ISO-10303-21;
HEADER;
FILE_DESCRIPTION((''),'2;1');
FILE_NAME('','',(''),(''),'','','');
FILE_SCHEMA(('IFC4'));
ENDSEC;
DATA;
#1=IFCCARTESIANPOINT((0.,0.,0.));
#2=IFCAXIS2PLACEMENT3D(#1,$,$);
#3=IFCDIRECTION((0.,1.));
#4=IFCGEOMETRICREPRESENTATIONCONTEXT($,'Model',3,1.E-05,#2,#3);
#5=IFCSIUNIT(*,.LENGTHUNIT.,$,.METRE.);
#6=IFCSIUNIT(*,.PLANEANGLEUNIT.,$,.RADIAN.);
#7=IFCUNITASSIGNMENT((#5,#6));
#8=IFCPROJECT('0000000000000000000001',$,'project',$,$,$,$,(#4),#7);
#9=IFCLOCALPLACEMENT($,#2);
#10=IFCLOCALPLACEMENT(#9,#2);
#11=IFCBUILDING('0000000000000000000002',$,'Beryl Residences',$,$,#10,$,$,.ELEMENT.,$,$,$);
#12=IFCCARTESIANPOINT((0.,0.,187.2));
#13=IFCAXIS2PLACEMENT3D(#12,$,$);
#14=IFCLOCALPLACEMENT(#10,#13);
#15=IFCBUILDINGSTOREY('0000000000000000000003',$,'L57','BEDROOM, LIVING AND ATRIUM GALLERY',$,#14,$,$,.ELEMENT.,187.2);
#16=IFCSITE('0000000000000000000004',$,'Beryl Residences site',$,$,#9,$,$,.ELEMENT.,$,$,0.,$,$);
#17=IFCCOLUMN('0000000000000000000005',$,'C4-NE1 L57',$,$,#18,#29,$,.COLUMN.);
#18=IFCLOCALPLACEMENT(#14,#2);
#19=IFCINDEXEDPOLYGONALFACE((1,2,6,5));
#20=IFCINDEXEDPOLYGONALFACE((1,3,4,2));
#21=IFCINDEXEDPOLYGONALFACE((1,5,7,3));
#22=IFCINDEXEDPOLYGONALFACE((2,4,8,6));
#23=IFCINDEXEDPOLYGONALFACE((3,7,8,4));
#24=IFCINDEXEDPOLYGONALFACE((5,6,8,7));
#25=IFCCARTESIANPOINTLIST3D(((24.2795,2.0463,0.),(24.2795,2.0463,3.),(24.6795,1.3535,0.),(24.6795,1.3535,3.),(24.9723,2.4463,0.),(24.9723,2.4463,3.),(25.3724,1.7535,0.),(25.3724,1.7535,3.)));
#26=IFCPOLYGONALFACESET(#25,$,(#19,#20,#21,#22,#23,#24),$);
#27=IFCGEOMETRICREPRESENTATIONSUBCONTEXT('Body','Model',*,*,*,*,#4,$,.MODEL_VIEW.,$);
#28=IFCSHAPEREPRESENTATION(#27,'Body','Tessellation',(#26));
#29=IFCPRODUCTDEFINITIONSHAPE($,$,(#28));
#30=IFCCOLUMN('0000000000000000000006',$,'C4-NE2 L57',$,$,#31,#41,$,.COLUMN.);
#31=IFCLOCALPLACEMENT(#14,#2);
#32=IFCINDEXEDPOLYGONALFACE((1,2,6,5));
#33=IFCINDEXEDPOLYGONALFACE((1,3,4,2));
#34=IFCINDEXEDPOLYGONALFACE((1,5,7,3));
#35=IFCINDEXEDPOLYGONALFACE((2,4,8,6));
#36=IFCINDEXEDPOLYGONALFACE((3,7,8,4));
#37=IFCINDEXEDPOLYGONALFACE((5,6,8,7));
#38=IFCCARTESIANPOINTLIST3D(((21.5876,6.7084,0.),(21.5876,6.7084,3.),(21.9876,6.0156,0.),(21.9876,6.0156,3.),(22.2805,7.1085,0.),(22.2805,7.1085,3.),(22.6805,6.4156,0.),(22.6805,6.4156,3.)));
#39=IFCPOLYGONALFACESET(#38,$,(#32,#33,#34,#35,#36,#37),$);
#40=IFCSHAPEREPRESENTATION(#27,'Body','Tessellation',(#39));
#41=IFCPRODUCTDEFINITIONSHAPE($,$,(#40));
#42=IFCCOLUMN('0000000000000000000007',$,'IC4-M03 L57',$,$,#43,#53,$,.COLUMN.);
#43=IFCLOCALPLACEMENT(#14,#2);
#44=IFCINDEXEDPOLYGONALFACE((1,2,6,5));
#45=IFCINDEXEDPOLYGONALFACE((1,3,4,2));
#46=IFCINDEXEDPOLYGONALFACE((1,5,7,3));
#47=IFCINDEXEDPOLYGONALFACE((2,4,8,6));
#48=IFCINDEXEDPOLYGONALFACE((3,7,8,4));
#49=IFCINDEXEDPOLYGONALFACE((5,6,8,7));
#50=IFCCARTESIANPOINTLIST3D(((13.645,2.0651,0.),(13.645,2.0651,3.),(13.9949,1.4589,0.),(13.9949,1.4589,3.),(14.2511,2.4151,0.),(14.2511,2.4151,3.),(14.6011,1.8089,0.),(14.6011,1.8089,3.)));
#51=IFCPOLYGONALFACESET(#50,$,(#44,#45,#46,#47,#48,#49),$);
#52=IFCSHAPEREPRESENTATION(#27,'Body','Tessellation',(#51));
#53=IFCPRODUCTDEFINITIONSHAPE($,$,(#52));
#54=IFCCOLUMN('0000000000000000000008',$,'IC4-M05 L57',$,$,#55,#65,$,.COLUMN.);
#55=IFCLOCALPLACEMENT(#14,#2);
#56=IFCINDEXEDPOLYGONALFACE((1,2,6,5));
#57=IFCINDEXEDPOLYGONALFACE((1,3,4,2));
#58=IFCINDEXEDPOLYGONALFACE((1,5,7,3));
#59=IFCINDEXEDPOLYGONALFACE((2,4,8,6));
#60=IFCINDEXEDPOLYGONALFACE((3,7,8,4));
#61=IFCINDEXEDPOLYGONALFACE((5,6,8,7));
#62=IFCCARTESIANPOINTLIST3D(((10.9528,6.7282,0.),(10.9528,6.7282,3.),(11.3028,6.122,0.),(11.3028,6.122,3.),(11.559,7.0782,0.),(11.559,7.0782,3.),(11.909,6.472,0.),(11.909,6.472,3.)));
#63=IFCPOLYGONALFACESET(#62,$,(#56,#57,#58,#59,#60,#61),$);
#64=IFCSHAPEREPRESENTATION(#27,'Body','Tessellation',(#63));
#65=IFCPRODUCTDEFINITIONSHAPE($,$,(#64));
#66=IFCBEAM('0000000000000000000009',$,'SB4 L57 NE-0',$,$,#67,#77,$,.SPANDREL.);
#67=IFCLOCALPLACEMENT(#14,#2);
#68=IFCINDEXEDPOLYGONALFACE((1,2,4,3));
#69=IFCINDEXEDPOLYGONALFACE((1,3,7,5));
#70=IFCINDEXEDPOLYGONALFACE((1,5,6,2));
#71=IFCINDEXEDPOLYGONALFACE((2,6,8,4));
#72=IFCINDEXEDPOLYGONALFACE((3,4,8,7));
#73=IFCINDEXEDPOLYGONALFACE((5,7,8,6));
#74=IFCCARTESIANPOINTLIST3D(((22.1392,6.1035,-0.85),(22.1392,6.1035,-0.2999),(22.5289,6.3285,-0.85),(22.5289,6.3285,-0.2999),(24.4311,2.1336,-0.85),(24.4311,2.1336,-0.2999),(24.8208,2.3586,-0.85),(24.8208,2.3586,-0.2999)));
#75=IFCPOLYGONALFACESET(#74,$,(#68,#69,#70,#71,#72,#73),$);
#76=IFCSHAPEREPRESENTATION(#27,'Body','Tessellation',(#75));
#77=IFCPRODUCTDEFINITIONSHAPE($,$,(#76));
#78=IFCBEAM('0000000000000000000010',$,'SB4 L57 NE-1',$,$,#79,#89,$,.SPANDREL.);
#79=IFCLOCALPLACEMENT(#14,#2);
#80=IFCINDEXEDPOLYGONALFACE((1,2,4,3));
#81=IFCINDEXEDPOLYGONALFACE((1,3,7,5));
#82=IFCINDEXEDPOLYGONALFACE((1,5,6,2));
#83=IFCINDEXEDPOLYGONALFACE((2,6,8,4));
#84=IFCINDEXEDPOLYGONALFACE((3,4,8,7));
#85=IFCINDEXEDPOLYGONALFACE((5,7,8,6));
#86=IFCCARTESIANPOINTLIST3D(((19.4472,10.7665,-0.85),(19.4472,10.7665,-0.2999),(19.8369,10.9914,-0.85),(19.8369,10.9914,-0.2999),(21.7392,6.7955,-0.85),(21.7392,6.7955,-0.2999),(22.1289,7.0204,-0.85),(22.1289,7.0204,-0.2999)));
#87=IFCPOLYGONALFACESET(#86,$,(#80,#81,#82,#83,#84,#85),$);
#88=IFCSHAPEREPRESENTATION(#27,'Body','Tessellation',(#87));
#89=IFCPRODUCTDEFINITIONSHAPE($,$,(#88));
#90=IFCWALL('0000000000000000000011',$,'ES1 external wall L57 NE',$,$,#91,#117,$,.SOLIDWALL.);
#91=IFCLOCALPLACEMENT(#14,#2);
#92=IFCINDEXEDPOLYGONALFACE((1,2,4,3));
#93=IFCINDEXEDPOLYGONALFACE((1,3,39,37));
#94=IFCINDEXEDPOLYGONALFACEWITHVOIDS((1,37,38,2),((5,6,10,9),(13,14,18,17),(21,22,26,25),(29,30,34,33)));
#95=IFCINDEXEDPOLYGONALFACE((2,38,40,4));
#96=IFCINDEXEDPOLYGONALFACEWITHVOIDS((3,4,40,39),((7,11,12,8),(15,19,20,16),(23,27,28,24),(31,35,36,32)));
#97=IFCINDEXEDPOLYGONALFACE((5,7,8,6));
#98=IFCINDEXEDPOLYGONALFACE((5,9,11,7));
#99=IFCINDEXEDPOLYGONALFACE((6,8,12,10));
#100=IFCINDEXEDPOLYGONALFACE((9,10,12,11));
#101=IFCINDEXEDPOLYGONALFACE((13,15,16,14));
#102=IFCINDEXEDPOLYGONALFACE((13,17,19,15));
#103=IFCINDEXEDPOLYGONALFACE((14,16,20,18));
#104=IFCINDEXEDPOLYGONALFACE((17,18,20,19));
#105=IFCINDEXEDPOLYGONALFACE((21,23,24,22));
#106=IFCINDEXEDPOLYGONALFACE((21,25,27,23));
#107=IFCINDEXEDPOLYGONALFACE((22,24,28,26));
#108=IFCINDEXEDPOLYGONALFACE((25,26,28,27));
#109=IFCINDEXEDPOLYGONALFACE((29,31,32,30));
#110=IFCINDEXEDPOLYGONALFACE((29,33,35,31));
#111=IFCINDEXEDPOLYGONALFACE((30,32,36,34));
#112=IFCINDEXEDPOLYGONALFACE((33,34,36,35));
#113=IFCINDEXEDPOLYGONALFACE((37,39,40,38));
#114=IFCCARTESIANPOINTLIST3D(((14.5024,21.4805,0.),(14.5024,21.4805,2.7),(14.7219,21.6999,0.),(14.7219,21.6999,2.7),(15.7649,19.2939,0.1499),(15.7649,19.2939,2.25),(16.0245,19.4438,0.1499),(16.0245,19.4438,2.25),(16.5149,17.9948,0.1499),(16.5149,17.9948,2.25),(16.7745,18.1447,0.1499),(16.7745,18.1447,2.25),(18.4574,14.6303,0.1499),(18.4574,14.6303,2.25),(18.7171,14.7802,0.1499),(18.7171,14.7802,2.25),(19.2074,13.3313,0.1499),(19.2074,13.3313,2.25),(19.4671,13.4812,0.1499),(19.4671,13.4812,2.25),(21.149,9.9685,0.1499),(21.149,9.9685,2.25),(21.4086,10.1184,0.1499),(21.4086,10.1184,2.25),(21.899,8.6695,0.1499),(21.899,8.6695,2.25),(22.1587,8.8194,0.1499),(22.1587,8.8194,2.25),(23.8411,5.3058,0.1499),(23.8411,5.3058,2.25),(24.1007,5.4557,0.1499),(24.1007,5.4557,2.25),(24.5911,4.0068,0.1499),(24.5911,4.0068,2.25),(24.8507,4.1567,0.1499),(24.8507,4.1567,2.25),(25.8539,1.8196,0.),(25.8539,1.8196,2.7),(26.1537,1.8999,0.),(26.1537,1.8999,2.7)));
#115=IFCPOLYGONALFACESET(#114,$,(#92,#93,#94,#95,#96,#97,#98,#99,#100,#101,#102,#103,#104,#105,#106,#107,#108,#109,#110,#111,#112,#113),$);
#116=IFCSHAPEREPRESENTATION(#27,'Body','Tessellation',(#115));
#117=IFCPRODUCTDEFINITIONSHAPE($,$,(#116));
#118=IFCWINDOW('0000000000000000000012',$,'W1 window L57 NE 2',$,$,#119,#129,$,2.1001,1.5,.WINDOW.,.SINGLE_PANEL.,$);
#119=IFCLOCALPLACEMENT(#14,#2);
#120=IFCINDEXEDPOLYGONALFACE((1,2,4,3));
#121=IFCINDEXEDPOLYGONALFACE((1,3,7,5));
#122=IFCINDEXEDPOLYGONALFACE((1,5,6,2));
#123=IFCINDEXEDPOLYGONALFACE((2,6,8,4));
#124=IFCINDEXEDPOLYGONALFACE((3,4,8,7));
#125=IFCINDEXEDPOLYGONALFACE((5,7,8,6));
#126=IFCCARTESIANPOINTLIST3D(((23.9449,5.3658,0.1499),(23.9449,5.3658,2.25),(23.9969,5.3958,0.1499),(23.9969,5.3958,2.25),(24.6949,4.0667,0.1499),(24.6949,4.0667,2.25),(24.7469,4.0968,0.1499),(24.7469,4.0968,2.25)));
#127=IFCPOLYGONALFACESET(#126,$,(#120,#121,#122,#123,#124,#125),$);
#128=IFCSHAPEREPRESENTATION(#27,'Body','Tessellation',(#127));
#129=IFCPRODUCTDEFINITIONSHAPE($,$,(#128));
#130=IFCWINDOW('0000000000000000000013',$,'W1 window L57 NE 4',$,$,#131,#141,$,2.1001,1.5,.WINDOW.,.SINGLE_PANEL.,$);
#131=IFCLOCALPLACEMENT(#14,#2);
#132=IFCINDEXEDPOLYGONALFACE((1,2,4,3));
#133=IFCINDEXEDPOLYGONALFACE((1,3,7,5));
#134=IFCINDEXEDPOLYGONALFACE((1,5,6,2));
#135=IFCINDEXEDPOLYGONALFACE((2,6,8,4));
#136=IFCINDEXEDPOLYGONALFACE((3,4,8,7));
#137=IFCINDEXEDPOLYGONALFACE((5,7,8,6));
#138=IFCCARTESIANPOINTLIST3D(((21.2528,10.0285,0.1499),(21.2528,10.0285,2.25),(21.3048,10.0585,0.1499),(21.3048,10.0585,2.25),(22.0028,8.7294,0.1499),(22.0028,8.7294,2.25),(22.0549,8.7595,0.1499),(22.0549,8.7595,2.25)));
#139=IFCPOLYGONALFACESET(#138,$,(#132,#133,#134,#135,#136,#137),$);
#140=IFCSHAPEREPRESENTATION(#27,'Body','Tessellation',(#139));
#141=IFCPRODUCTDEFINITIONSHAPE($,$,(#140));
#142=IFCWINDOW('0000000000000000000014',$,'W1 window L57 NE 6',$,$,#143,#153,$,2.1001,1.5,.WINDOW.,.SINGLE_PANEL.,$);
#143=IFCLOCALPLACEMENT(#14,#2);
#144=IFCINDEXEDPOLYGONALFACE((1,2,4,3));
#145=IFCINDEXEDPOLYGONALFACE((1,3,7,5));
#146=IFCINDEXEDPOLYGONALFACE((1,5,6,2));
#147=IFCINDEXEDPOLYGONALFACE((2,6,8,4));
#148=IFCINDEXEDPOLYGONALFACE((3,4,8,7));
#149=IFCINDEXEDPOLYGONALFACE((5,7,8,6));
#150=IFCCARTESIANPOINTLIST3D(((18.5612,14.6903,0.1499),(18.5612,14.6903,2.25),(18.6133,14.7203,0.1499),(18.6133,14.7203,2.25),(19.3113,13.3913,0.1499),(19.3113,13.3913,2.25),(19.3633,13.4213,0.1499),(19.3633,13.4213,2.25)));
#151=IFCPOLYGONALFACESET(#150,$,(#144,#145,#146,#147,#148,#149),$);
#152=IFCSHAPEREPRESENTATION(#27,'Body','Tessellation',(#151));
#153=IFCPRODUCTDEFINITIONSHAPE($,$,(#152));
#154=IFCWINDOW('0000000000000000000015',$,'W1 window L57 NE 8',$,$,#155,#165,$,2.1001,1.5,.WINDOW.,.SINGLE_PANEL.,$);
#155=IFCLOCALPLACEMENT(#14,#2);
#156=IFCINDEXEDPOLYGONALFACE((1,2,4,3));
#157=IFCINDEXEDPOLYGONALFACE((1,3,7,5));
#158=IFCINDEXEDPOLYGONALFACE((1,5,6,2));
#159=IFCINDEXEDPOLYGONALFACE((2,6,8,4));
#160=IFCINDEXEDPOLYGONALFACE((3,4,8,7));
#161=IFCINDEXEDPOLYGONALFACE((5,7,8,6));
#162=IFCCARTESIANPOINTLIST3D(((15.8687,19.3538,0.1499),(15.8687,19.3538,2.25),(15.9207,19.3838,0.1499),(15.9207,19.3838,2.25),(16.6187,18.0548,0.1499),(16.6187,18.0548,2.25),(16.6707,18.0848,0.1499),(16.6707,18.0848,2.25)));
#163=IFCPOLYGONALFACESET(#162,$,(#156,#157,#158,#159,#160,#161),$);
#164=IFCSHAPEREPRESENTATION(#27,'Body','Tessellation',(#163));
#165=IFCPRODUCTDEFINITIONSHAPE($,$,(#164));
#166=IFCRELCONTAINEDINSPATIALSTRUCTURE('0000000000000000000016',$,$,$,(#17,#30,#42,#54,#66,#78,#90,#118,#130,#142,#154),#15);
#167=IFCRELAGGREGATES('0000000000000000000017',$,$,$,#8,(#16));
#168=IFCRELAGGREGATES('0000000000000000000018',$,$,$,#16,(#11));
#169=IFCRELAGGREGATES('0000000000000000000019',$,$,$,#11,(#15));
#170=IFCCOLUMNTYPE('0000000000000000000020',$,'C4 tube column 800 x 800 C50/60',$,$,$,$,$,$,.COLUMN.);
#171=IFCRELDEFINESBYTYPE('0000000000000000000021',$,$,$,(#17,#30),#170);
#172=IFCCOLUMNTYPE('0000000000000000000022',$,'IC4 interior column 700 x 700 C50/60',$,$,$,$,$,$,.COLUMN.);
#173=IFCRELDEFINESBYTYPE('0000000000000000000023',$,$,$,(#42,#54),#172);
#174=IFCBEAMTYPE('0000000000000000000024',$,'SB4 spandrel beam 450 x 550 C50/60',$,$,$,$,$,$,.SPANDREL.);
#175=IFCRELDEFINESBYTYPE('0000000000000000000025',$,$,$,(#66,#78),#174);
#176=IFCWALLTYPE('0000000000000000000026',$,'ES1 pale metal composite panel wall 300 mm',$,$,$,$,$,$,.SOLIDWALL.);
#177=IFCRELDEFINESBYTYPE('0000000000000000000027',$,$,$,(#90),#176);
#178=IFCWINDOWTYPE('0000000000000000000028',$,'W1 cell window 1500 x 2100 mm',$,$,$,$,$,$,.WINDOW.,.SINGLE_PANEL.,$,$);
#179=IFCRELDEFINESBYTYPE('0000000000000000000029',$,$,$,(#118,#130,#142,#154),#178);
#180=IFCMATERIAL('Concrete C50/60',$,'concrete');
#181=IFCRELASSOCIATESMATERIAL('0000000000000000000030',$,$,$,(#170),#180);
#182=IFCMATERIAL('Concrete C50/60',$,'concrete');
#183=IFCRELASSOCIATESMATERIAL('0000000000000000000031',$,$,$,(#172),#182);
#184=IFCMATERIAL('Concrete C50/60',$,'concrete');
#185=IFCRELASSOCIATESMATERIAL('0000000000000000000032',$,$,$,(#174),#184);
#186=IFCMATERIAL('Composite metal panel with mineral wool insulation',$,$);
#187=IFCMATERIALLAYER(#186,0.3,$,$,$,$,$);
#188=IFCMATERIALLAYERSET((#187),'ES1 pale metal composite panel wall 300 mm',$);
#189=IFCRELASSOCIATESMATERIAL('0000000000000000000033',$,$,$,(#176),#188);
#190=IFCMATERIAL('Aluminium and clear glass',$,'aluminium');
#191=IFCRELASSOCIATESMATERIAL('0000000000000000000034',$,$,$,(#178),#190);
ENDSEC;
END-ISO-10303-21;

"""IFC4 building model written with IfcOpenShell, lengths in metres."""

from ifc_helpers import new_model, si_unit, direction, frame, frame_2d, origin, origin_2d, place, context, subcontext, project, spatial, polyline, rectangle, outline, extrude, material, layer, layer_set, material_profile, profile_set, type_object, element, fill, save


model = new_model("IFC4")

# Units and contexts
model_context = context("Model", 3, precision=1e-05, world=origin(), true_north=direction((0.0, 1.0)))
body_context = subcontext(model_context, "Body", "Model", "MODEL_VIEW")
ifc_project = project(units=[si_unit("LENGTHUNIT", "METRE"), si_unit("PLANEANGLEUNIT", "RADIAN")], contexts=[model_context])

# Site, building, storey
site_placement = place(None, origin())
site = spatial("IfcSite", under=ifc_project, at=site_placement, Name="Beryl Residences site", CompositionType="ELEMENT", RefElevation=0.0)
building_placement = place(site_placement, origin())
building = spatial("IfcBuilding", under=site, at=building_placement, Name="Beryl Residences", CompositionType="ELEMENT")
storey_placement = place(building_placement, frame((0.0, 0.0, 187.2)))
storey = spatial("IfcBuildingStorey", under=building, at=storey_placement, Name="L57", Description="BEDROOM, LIVING AND ATRIUM GALLERY", CompositionType="ELEMENT", Elevation=187.2)

# Columns
ifc_material_1 = material(Name="Concrete C50/60", Category="concrete")
ifc_material_profile_1 = material_profile(ifc_material_1, rectangle(XDim=0.8, YDim=0.8, at=origin_2d()))
ifc_profile_set_1 = profile_set([ifc_material_profile_1], Name="Concrete C50/60")
column_type_1 = type_object("IfcColumnType", Name="C4 tube column 800 x 800 C50/60", PredefinedType="COLUMN", material=ifc_profile_set_1)
for number, where, z_axis, x_axis, name in (
    (1, (24.8259, 1.8999, 0.0), (0.0, 0.0, 1.0), (-0.5, 0.866025, 0.0), "C4-NE1 L57"),
    (2, (22.134, 6.562, 0.0), (0.0, 0.0, 1.0), (-0.5, 0.866025, 0.0), "C4-NE2 L57"),
):
    element("IfcColumn", number, at=place(storey_placement, frame(where, z_axis=z_axis, x_axis=x_axis)), inside=storey, type_object=column_type_1, Name=name, PredefinedType="COLUMN", context=body_context, shape_type="SweptSolid", body=[
        extrude(rectangle(XDim=0.8, YDim=0.8, at=origin_2d()), origin(), (0.0, 0.0, 1.0), 3.0),
    ])
ifc_material_2 = material(Name="Concrete C50/60", Category="concrete")
ifc_material_profile_2 = material_profile(ifc_material_2, rectangle(XDim=0.7, YDim=0.7, at=origin_2d()))
ifc_profile_set_2 = profile_set([ifc_material_profile_2], Name="Concrete C50/60")
column_type_2 = type_object("IfcColumnType", Name="IC4 interior column 700 x 700 C50/60", PredefinedType="COLUMN", material=ifc_profile_set_2)
for number, where, z_axis, x_axis, name in (
    (3, (14.123, 1.937, 0.0), (0.0, 0.0, 1.0), (-0.5, 0.866025, 0.0), "IC4-M03 L57"),
    (4, (11.4309, 6.6001, 0.0), (0.0, 0.0, 1.0), (-0.5, 0.866025, 0.0), "IC4-M05 L57"),
):
    element("IfcColumn", number, at=place(storey_placement, frame(where, z_axis=z_axis, x_axis=x_axis)), inside=storey, type_object=column_type_2, Name=name, PredefinedType="COLUMN", context=body_context, shape_type="SweptSolid", body=[
        extrude(rectangle(XDim=0.7, YDim=0.7, at=origin_2d()), origin(), (0.0, 0.0, 1.0), 3.0),
    ])

# Beams
ifc_material_3 = material(Name="Concrete C50/60", Category="concrete")
ifc_material_profile_3 = material_profile(ifc_material_3, rectangle(XDim=0.45, YDim=0.55, at=origin_2d()))
ifc_profile_set_3 = profile_set([ifc_material_profile_3], Name="Concrete C50/60")
beam_type = type_object("IfcBeamType", Name="SB4 spandrel beam 450 x 550 C50/60", PredefinedType="SPANDREL", material=ifc_profile_set_3)
beam_1_placement = place(storey_placement, frame((24.626, 2.2461, -0.575), z_axis=(-0.499988, 0.866032, 0.0), x_axis=(-0.866032, -0.499988, 0.0)))
element("IfcBeam", 5, at=beam_1_placement, inside=storey, type_object=beam_type, Name="SB4 L57 NE-0", PredefinedType="SPANDREL", context=body_context, shape_type="SweptSolid", body=[
    extrude(rectangle(XDim=0.45, YDim=0.55, at=origin_2d()), origin(), (0.0, 0.0, 1.0), 4.584),
])
beam_2_placement = place(storey_placement, frame((21.9341, 6.908, -0.575), z_axis=(-0.499896, 0.866085, 0.0), x_axis=(-0.866085, -0.499896, 0.0)))
element("IfcBeam", 6, at=beam_2_placement, inside=storey, type_object=beam_type, Name="SB4 L57 NE-1", PredefinedType="SPANDREL", context=body_context, shape_type="SweptSolid", body=[
    extrude(rectangle(XDim=0.45, YDim=0.55, at=origin_2d()), origin(), (0.0, 0.0, 1.0), 4.585),
])

# Wall, openings, windows
ifc_material_4 = material(Name="Composite metal panel with mineral wool insulation")
ifc_layer_1 = layer(ifc_material_4, 0.3)
ifc_layer_set_1 = layer_set([ifc_layer_1], Name="ES1 pale metal composite panel wall 300 mm")
wall_type_1 = type_object("IfcWallType", Name="ES1 pale metal composite panel wall 300 mm", PredefinedType="SOLIDWALL", material=ifc_layer_set_1)
wall_1_placement = place(storey_placement, frame((26.0239, 1.825, 0.0), z_axis=(0.0, 0.0, 1.0), x_axis=(-0.500011, 0.866019, 0.0)))
wall_1 = element("IfcWall", 7, at=wall_1_placement, inside=storey, type_object=wall_type_1, Name="ES1 external wall L57 NE", PredefinedType="SOLIDWALL", context=body_context, shape_type="SweptSolid", body=[
    extrude(outline(polyline([(0.0, -0.1499), (22.8633, -0.1499), (22.783, 0.1499), (0.0803, 0.1499), (0.0, -0.1499)])), origin(), (0.0, 0.0, 1.0), 2.7),
])
opening_1_placement = place(wall_1_placement, frame((2.606, 0.0, 0.1499)))
opening_1 = element("IfcOpeningElement", 8, at=opening_1_placement, cuts=wall_1, PredefinedType="OPENING", context=body_context, shape_type="SweptSolid", body=[
    extrude(rectangle(XDim=1.5, YDim=2.1001, at=frame_2d((0.75, 1.05))), frame((0.0, 0.1599, 0.0), z_axis=(0.0, -1.0, 0.0), x_axis=(1.0, 0.0, 0.0)), (0.0, 0.0, 1.0), 0.3201),
])
opening_2_placement = place(wall_1_placement, frame((7.99, 0.0, 0.1499)))
opening_2 = element("IfcOpeningElement", 9, at=opening_2_placement, cuts=wall_1, PredefinedType="OPENING", context=body_context, shape_type="SweptSolid", body=[
    extrude(rectangle(XDim=1.5, YDim=2.1001, at=frame_2d((0.75, 1.05))), frame((0.0, 0.1599, 0.0), z_axis=(0.0, -1.0, 0.0), x_axis=(1.0, 0.0, 0.0)), (0.0, 0.0, 1.0), 0.3201),
])
opening_3_placement = place(wall_1_placement, frame((13.373, 0.0, 0.1499)))
opening_3 = element("IfcOpeningElement", 10, at=opening_3_placement, cuts=wall_1, PredefinedType="OPENING", context=body_context, shape_type="SweptSolid", body=[
    extrude(rectangle(XDim=1.5, YDim=2.1001, at=frame_2d((0.75, 1.05))), frame((0.0, 0.1599, 0.0), z_axis=(0.0, -1.0, 0.0), x_axis=(1.0, 0.0, 0.0)), (0.0, 0.0, 1.0), 0.3201),
])
opening_4_placement = place(wall_1_placement, frame((18.7581, 0.0, 0.1499)))
opening_4 = element("IfcOpeningElement", 11, at=opening_4_placement, cuts=wall_1, PredefinedType="OPENING", context=body_context, shape_type="SweptSolid", body=[
    extrude(rectangle(XDim=1.5, YDim=2.1001, at=frame_2d((0.75, 1.05))), frame((0.0, 0.1599, 0.0), z_axis=(0.0, -1.0, 0.0), x_axis=(1.0, 0.0, 0.0)), (0.0, 0.0, 1.0), 0.3201),
])
ifc_material_5 = material(Name="Aluminium and clear glass", Category="aluminium")
window_type = type_object("IfcWindowType", Name="W1 cell window 1500 x 2100 mm", PartitioningType="SINGLE_PANEL", PredefinedType="WINDOW", material=ifc_material_5)
window_1_placement = place(opening_1_placement, origin())
window_1 = element("IfcWindow", 12, at=window_1_placement, inside=storey, type_object=window_type, Name="W1 window L57 NE 2", OverallHeight=2.1001, OverallWidth=1.5, PartitioningType="SINGLE_PANEL", PredefinedType="WINDOW", context=body_context, shape_type="SweptSolid", body=[
    extrude(rectangle(XDim=1.5, YDim=2.1001, at=frame_2d((0.75, 1.05))), frame((0.0, 0.03, 0.0), z_axis=(0.0, -1.0, 0.0), x_axis=(1.0, 0.0, 0.0)), (0.0, 0.0, 1.0), 0.0601),
])
fill(opening_1, window_1)
window_2_placement = place(opening_2_placement, origin())
window_2 = element("IfcWindow", 13, at=window_2_placement, inside=storey, type_object=window_type, Name="W1 window L57 NE 4", OverallHeight=2.1001, OverallWidth=1.5, PartitioningType="SINGLE_PANEL", PredefinedType="WINDOW", context=body_context, shape_type="SweptSolid", body=[
    extrude(rectangle(XDim=1.5, YDim=2.1001, at=frame_2d((0.75, 1.05))), frame((0.0, 0.03, 0.0), z_axis=(0.0, -1.0, 0.0), x_axis=(1.0, 0.0, 0.0)), (0.0, 0.0, 1.0), 0.0601),
])
fill(opening_2, window_2)
window_3_placement = place(opening_3_placement, origin())
window_3 = element("IfcWindow", 14, at=window_3_placement, inside=storey, type_object=window_type, Name="W1 window L57 NE 6", OverallHeight=2.1001, OverallWidth=1.5, PartitioningType="SINGLE_PANEL", PredefinedType="WINDOW", context=body_context, shape_type="SweptSolid", body=[
    extrude(rectangle(XDim=1.5, YDim=2.1001, at=frame_2d((0.75, 1.05))), frame((0.0, 0.03, 0.0), z_axis=(0.0, -1.0, 0.0), x_axis=(1.0, 0.0, 0.0)), (0.0, 0.0, 1.0), 0.0601),
])
fill(opening_3, window_3)
window_4_placement = place(opening_4_placement, origin())
window_4 = element("IfcWindow", 15, at=window_4_placement, inside=storey, type_object=window_type, Name="W1 window L57 NE 8", OverallHeight=2.1001, OverallWidth=1.5, PartitioningType="SINGLE_PANEL", PredefinedType="WINDOW", context=body_context, shape_type="SweptSolid", body=[
    extrude(rectangle(XDim=1.5, YDim=2.1001, at=frame_2d((0.75, 1.05))), frame((0.0, 0.03, 0.0), z_axis=(0.0, -1.0, 0.0), x_axis=(1.0, 0.0, 0.0)), (0.0, 0.0, 1.0), 0.0601),
])
fill(opening_4, window_4)

save(model, "model.ifc")
